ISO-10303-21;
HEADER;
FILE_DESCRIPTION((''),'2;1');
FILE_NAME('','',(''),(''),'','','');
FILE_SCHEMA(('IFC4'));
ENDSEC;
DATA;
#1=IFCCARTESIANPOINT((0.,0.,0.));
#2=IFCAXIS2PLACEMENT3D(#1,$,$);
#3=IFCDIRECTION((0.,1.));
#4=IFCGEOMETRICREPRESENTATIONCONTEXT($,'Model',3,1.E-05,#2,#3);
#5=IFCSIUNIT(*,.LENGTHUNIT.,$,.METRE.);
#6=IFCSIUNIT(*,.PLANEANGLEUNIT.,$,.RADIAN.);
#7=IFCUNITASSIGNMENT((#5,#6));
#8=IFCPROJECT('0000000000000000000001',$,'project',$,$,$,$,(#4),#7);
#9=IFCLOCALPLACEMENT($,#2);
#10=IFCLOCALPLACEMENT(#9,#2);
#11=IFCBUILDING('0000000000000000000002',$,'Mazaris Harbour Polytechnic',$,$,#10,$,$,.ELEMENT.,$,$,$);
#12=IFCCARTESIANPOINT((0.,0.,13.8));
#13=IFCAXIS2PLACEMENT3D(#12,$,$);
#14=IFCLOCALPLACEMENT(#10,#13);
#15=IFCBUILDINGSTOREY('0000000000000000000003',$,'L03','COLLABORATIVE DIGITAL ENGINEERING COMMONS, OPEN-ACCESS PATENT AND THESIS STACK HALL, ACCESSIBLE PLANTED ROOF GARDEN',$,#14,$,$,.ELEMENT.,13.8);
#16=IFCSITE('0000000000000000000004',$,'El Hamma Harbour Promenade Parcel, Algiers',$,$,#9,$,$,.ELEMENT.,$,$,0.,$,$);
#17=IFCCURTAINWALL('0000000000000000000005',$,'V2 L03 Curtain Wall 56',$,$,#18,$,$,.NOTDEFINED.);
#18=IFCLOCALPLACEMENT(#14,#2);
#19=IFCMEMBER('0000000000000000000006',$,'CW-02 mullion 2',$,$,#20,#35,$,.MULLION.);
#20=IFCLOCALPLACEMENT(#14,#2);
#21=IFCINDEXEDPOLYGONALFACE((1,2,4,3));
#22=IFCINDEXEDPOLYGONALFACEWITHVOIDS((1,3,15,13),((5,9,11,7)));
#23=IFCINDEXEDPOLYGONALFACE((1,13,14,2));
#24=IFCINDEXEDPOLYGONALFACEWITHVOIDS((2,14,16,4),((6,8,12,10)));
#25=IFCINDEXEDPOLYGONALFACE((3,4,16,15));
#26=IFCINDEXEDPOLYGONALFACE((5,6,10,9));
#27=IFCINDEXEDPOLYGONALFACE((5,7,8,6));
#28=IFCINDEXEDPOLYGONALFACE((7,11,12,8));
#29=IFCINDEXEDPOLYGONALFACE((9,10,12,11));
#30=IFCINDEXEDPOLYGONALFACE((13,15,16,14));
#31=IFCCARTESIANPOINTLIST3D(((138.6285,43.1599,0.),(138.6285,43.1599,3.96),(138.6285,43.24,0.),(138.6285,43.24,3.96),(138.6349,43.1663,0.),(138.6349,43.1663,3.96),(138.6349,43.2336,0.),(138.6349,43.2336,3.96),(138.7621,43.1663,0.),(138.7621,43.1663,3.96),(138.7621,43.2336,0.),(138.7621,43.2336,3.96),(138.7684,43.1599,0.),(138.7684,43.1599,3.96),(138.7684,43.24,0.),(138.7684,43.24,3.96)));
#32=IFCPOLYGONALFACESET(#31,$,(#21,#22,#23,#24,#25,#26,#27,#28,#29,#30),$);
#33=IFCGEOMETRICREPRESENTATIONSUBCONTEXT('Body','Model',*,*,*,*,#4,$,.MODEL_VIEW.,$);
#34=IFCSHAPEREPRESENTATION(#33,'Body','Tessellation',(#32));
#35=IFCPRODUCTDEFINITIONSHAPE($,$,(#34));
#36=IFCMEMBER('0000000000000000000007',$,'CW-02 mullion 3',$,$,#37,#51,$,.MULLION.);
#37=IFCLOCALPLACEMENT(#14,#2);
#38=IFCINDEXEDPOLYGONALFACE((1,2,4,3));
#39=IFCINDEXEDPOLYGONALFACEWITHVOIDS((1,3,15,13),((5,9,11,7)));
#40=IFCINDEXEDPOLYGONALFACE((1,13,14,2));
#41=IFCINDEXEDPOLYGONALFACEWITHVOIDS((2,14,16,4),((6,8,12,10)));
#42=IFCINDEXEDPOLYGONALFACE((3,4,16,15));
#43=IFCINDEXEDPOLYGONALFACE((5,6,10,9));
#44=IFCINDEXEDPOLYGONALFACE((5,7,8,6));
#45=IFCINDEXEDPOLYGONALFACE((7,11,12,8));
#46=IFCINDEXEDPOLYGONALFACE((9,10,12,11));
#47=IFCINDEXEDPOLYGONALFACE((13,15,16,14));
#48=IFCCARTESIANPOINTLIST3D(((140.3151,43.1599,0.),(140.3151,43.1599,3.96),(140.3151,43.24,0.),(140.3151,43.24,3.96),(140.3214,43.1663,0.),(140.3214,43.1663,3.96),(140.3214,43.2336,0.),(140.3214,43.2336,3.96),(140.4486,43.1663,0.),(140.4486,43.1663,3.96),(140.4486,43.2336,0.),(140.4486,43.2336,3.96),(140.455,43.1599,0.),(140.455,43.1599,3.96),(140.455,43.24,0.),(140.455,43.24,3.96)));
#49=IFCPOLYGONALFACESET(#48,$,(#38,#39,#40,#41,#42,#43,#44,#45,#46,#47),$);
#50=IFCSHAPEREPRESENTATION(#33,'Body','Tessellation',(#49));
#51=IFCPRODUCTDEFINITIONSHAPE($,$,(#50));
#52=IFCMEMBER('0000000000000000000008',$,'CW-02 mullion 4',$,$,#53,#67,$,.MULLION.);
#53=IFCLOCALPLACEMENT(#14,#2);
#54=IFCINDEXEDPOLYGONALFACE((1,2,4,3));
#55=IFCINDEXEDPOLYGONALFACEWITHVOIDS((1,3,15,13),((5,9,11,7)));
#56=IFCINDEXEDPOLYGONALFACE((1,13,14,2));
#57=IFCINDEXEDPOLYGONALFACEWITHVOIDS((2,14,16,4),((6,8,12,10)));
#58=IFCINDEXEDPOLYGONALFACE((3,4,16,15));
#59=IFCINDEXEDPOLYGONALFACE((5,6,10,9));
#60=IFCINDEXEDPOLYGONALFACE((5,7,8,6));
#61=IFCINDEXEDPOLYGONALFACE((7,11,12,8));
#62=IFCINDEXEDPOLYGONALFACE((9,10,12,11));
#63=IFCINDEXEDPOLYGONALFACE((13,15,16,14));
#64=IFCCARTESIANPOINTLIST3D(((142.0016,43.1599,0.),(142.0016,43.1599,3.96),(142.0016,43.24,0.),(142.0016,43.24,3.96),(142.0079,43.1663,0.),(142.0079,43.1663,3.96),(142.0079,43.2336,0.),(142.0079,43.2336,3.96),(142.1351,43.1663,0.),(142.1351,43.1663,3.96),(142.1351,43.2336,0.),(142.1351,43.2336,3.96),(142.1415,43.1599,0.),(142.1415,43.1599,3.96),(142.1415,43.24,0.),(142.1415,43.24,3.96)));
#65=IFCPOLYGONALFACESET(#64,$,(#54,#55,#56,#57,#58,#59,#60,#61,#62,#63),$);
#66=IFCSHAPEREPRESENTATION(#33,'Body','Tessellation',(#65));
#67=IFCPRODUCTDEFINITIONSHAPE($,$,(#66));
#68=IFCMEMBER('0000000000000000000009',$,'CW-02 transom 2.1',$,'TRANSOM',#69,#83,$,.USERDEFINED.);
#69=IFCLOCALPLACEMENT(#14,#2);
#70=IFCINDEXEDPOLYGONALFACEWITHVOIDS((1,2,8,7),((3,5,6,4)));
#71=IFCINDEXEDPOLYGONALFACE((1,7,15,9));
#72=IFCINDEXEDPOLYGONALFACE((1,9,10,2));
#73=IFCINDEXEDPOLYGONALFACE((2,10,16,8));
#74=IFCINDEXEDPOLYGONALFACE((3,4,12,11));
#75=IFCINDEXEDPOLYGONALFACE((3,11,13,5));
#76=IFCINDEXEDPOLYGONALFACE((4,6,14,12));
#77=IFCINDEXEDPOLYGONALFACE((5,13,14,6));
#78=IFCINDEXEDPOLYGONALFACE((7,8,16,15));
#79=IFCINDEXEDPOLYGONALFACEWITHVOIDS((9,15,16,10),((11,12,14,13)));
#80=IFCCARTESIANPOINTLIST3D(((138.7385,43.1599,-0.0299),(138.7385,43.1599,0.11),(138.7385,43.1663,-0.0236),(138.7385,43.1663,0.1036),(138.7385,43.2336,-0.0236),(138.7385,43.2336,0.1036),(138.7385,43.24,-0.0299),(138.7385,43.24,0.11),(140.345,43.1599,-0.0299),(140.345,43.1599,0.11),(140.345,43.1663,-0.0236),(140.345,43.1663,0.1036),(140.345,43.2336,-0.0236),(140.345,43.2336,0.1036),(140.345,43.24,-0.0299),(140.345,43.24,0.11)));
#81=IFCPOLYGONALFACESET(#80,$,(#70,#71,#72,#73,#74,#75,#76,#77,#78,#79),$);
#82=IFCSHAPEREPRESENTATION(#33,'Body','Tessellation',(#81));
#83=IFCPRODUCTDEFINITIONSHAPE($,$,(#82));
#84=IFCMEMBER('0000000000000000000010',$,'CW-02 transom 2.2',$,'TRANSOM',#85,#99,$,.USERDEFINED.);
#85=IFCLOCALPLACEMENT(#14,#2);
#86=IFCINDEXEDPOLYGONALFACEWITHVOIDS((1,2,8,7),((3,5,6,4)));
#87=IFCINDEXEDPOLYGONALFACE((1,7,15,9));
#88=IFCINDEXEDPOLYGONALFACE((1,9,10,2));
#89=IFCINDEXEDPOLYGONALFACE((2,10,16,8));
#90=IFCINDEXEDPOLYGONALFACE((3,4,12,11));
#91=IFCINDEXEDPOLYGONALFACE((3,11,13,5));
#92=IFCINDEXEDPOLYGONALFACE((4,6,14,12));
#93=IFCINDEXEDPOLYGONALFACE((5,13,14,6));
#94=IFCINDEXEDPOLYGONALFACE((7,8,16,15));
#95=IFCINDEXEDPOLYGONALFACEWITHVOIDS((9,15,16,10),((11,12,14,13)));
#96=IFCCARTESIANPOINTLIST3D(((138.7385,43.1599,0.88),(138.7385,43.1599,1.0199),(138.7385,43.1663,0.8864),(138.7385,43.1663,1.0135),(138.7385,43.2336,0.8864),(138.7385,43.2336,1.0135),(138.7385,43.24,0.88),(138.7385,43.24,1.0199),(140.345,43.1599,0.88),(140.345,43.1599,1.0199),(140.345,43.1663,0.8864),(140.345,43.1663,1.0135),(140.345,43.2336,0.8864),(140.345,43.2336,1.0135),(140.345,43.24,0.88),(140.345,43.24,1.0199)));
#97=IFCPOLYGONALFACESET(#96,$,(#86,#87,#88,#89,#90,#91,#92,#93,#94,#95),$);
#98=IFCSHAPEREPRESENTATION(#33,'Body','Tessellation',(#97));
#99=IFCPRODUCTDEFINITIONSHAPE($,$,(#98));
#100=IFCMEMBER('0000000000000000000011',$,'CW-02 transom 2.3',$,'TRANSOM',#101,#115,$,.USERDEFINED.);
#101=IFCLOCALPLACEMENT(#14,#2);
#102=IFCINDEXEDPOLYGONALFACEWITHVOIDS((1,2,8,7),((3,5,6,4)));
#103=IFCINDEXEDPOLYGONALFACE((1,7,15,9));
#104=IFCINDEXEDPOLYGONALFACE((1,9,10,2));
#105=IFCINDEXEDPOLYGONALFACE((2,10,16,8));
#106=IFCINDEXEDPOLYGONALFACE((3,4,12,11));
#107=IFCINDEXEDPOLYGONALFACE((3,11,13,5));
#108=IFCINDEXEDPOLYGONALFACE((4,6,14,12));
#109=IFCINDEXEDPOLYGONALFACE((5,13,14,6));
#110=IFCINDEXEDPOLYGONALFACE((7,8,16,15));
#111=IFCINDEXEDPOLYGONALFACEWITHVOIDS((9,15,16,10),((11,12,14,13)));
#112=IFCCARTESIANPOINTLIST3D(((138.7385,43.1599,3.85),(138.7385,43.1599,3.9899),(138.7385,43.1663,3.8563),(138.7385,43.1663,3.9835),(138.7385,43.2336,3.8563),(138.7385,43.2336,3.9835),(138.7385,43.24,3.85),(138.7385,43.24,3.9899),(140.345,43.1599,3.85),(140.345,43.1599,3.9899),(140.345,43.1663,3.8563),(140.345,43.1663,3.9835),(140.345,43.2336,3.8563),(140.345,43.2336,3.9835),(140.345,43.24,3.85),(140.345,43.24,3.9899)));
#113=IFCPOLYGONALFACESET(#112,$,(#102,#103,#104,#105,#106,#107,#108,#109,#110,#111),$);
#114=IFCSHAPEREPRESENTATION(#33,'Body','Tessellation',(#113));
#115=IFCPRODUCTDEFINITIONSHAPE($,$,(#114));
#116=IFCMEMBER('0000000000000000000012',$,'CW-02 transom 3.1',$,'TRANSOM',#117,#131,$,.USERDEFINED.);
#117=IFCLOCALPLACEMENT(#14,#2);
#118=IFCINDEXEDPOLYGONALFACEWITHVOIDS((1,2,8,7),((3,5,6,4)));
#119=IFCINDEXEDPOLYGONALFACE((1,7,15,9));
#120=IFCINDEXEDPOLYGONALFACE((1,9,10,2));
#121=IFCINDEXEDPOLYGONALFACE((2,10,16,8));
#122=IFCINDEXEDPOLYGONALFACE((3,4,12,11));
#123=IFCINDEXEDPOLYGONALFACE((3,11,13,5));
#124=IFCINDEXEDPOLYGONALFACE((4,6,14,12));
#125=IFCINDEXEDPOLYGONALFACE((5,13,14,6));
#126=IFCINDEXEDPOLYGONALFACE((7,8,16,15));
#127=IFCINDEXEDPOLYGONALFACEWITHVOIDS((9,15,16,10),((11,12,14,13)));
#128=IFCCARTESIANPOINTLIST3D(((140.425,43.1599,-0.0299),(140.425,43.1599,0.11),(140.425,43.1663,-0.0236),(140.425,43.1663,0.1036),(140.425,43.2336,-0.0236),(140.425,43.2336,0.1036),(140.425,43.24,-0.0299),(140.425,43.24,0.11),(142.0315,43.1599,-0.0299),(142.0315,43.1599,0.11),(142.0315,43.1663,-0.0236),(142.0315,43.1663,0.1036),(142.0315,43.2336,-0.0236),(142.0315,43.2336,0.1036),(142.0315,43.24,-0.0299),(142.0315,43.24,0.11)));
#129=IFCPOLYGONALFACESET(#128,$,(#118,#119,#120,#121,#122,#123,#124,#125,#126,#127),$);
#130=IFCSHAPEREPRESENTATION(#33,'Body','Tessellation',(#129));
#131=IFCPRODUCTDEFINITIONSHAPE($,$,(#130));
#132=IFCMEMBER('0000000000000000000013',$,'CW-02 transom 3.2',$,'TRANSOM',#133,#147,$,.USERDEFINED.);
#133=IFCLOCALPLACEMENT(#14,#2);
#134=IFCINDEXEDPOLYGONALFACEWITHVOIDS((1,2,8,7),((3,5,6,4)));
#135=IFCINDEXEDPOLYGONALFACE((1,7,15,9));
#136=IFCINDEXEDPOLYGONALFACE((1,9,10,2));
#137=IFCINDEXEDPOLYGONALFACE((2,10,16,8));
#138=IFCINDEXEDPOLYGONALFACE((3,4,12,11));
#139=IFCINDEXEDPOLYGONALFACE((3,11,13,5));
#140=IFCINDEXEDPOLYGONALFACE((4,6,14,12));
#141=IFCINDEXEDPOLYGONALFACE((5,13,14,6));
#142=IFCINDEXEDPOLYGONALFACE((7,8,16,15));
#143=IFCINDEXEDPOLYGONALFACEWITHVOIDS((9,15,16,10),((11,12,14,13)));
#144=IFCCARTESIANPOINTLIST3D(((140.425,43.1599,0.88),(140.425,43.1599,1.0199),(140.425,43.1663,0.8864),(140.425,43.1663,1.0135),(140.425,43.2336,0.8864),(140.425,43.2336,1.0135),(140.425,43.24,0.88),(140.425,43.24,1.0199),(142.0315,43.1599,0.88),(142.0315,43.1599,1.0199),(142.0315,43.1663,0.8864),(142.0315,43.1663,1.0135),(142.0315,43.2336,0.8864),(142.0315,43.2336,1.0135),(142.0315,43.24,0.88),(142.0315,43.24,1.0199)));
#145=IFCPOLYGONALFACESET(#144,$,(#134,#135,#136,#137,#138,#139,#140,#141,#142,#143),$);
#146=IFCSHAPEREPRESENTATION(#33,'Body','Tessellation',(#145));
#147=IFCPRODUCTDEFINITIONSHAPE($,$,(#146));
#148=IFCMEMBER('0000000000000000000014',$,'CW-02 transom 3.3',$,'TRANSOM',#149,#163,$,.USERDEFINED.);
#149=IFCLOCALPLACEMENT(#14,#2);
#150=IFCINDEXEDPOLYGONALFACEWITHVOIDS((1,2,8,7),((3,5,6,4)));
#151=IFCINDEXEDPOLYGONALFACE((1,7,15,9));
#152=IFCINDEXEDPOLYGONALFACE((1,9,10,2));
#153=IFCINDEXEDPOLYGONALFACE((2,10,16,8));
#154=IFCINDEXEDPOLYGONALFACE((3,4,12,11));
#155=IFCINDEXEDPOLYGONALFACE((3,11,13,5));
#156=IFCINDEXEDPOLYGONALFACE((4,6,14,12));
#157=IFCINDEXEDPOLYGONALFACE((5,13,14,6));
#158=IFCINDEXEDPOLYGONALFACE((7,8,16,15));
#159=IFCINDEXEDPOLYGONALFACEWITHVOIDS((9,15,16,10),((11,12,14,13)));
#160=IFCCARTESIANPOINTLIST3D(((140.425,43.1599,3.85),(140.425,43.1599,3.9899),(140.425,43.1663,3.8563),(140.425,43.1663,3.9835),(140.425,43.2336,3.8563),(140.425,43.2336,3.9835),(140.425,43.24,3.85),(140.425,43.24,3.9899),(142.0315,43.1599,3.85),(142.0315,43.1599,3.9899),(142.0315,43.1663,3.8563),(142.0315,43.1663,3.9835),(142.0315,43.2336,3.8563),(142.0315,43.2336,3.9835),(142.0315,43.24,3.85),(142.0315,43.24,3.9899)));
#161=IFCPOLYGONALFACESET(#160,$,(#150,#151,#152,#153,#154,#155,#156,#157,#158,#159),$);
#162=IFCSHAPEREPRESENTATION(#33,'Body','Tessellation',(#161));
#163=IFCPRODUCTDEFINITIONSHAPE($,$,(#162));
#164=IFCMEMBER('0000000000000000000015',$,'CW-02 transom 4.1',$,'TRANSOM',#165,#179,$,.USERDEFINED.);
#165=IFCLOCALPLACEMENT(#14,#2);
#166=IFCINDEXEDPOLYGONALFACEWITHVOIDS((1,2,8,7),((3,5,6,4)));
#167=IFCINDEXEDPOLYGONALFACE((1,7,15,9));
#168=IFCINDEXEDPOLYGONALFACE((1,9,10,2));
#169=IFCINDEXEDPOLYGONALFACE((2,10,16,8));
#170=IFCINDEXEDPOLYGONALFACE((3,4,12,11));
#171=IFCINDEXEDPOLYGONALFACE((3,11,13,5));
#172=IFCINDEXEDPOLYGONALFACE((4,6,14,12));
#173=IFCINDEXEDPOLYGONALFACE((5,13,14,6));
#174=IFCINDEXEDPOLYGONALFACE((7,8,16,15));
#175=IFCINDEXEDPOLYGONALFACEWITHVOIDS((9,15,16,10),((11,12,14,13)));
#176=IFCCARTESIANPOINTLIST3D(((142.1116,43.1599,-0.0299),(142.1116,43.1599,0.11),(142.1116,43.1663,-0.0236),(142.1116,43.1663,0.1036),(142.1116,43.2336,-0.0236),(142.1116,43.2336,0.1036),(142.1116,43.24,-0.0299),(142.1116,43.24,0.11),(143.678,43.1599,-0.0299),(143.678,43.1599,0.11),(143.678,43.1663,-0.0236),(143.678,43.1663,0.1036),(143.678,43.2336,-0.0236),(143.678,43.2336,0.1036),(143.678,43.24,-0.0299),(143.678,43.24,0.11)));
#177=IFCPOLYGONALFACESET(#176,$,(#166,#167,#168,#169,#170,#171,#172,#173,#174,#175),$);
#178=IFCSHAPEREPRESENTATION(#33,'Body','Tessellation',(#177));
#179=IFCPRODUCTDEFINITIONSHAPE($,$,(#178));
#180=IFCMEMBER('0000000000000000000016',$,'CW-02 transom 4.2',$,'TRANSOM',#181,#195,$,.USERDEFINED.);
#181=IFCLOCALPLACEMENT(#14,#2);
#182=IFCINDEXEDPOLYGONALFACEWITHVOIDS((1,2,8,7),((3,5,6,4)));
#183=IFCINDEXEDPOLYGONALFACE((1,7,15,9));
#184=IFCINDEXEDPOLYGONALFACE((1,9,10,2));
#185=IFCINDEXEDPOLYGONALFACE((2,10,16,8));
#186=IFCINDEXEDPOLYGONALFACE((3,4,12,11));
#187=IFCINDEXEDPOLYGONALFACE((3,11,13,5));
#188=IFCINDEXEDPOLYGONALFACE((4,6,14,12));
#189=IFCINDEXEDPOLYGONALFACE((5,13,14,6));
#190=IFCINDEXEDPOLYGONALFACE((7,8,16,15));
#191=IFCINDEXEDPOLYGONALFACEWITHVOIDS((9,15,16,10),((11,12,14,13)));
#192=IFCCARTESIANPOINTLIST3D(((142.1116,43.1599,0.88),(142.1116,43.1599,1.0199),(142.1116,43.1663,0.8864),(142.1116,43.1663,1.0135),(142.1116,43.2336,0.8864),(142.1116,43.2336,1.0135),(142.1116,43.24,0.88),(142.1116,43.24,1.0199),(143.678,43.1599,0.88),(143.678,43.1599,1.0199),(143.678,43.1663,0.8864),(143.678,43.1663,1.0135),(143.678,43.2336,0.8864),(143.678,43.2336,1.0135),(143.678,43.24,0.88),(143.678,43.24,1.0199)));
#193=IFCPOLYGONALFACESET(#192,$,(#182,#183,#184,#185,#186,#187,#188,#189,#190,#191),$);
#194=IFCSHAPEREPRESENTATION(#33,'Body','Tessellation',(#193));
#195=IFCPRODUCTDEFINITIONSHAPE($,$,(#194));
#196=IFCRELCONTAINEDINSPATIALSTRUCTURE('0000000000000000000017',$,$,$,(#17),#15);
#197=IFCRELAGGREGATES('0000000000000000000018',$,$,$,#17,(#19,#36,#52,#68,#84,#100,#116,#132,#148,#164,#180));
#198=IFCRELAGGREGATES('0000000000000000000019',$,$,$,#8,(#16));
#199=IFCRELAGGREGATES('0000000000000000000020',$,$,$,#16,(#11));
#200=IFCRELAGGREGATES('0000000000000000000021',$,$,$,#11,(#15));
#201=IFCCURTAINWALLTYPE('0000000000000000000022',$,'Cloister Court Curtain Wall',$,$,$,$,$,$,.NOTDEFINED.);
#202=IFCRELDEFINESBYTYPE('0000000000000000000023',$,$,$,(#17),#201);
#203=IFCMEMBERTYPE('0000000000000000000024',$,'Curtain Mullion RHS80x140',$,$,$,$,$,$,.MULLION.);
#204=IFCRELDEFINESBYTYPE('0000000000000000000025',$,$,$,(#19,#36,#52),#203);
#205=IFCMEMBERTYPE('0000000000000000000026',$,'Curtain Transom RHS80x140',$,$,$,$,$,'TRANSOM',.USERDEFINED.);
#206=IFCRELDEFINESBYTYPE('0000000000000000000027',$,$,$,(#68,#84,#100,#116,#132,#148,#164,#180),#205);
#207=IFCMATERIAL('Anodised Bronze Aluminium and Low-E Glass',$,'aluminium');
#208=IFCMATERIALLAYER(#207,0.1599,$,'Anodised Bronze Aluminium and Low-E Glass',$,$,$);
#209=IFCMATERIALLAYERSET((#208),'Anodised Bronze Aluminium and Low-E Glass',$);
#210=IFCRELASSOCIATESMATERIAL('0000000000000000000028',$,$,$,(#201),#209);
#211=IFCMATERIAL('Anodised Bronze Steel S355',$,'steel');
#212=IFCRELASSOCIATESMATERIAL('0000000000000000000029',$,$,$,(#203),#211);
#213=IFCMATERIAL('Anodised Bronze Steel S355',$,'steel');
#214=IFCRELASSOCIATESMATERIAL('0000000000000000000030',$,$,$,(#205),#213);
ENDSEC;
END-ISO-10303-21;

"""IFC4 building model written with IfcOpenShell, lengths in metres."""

from ifc_helpers import new_model, si_unit, direction, frame, origin, origin_2d, place, context, subcontext, project, spatial, hollow_rectangle, extrude, material, layer, layer_set, material_profile, profile_set, type_object, element, aggregate, save


model = new_model("IFC4")

# Units and contexts
model_context = context("Model", 3, precision=1e-05, world=origin(), true_north=direction((0.0, 1.0)))
body_context = subcontext(model_context, "Body", "Model", "MODEL_VIEW")
ifc_project = project(units=[si_unit("LENGTHUNIT", "METRE"), si_unit("PLANEANGLEUNIT", "RADIAN")], contexts=[model_context])

# Site, building, storey
site_placement = place(None, origin())
site = spatial("IfcSite", under=ifc_project, at=site_placement, Name="El Hamma Harbour Promenade Parcel, Algiers", CompositionType="ELEMENT", RefElevation=0.0)
building_placement = place(site_placement, origin())
building = spatial("IfcBuilding", under=site, at=building_placement, Name="Mazaris Harbour Polytechnic", CompositionType="ELEMENT")
storey_placement = place(building_placement, frame((0.0, 0.0, 13.8)))
storey = spatial("IfcBuildingStorey", under=building, at=storey_placement, Name="L03", Description="COLLABORATIVE DIGITAL ENGINEERING COMMONS, OPEN-ACCESS PATENT AND THESIS STACK HALL, ACCESSIBLE PLANTED ROOF GARDEN", CompositionType="ELEMENT", Elevation=13.8)

# Curtain wall, members
ifc_material_1 = material(Name="Anodised Bronze Aluminium and Low-E Glass", Category="aluminium")
ifc_layer_1 = layer(ifc_material_1, 0.1599, Name="Anodised Bronze Aluminium and Low-E Glass")
ifc_layer_set_1 = layer_set([ifc_layer_1], Name="Anodised Bronze Aluminium and Low-E Glass")
curtain_wall_type = type_object("IfcCurtainWallType", Name="Cloister Court Curtain Wall", PredefinedType="NOTDEFINED", material=ifc_layer_set_1)
curtain_wall_placement = place(storey_placement, origin())
curtain_wall = element("IfcCurtainWall", 1, at=curtain_wall_placement, inside=storey, type_object=curtain_wall_type, Name="V2 L03 Curtain Wall 56", PredefinedType="NOTDEFINED")
ifc_material_2 = material(Name="Anodised Bronze Steel S355", Category="steel")
ifc_material_profile_1 = material_profile(ifc_material_2, hollow_rectangle(XDim=0.0801, YDim=0.1399, WallThickness=0.0063, at=origin_2d()), Name="RHS 80x140x6.3")
ifc_profile_set_1 = profile_set([ifc_material_profile_1], Name="Anodised Bronze Steel S355")
member_type_1 = type_object("IfcMemberType", Name="Curtain Mullion RHS80x140", PredefinedType="MULLION", material=ifc_profile_set_1)
member_1_placement = place(storey_placement, frame((138.6985, 43.2, 0.0), z_axis=(0.0, 0.0, 1.0), x_axis=(0.0, 1.0, 0.0)))
member_1 = element("IfcMember", 2, at=member_1_placement, type_object=member_type_1, Name="CW-02 mullion 2", PredefinedType="MULLION", context=body_context, shape_type="SweptSolid", body=[
    extrude(hollow_rectangle(XDim=0.0801, YDim=0.1399, WallThickness=0.0063, at=origin_2d()), origin(), (0.0, 0.0, 1.0), 3.96),
])
member_2_placement = place(storey_placement, frame((140.385, 43.2, 0.0), z_axis=(0.0, 0.0, 1.0), x_axis=(0.0, 1.0, 0.0)))
member_2 = element("IfcMember", 3, at=member_2_placement, type_object=member_type_1, Name="CW-02 mullion 3", PredefinedType="MULLION", context=body_context, shape_type="SweptSolid", body=[
    extrude(hollow_rectangle(XDim=0.0801, YDim=0.1399, WallThickness=0.0063, at=origin_2d()), origin(), (0.0, 0.0, 1.0), 3.96),
])
member_3_placement = place(storey_placement, frame((142.0715, 43.2, 0.0), z_axis=(0.0, 0.0, 1.0), x_axis=(0.0, 1.0, 0.0)))
member_3 = element("IfcMember", 4, at=member_3_placement, type_object=member_type_1, Name="CW-02 mullion 4", PredefinedType="MULLION", context=body_context, shape_type="SweptSolid", body=[
    extrude(hollow_rectangle(XDim=0.0801, YDim=0.1399, WallThickness=0.0063, at=origin_2d()), origin(), (0.0, 0.0, 1.0), 3.96),
])
ifc_material_3 = material(Name="Anodised Bronze Steel S355", Category="steel")
ifc_material_profile_2 = material_profile(ifc_material_3, hollow_rectangle(XDim=0.0801, YDim=0.1399, WallThickness=0.0063, at=origin_2d()), Name="RHS 80x140x6.3")
ifc_profile_set_2 = profile_set([ifc_material_profile_2], Name="Anodised Bronze Steel S355")
member_type_2 = type_object("IfcMemberType", Name="Curtain Transom RHS80x140", ElementType="TRANSOM", PredefinedType="USERDEFINED", material=ifc_profile_set_2)
member_4_placement = place(storey_placement, frame((138.7385, 43.2, 0.04), z_axis=(1.0, 0.0, 0.0), x_axis=(0.0, 1.0, 0.0)))
member_4 = element("IfcMember", 5, at=member_4_placement, type_object=member_type_2, Name="CW-02 transom 2.1", ObjectType="TRANSOM", PredefinedType="USERDEFINED", context=body_context, shape_type="SweptSolid", body=[
    extrude(hollow_rectangle(XDim=0.0801, YDim=0.1399, WallThickness=0.0063, at=origin_2d()), origin(), (0.0, 0.0, 1.0), 1.6064),
])
member_5_placement = place(storey_placement, frame((138.7385, 43.2, 0.95), z_axis=(1.0, 0.0, 0.0), x_axis=(0.0, 1.0, 0.0)))
member_5 = element("IfcMember", 6, at=member_5_placement, type_object=member_type_2, Name="CW-02 transom 2.2", ObjectType="TRANSOM", PredefinedType="USERDEFINED", context=body_context, shape_type="SweptSolid", body=[
    extrude(hollow_rectangle(XDim=0.0801, YDim=0.1399, WallThickness=0.0063, at=origin_2d()), origin(), (0.0, 0.0, 1.0), 1.6064),
])
member_6_placement = place(storey_placement, frame((138.7385, 43.2, 3.9199), z_axis=(1.0, 0.0, 0.0), x_axis=(0.0, 1.0, 0.0)))
member_6 = element("IfcMember", 7, at=member_6_placement, type_object=member_type_2, Name="CW-02 transom 2.3", ObjectType="TRANSOM", PredefinedType="USERDEFINED", context=body_context, shape_type="SweptSolid", body=[
    extrude(hollow_rectangle(XDim=0.0801, YDim=0.1399, WallThickness=0.0063, at=origin_2d()), origin(), (0.0, 0.0, 1.0), 1.6064),
])
member_7_placement = place(storey_placement, frame((140.425, 43.2, 0.04), z_axis=(1.0, 0.0, 0.0), x_axis=(0.0, 1.0, 0.0)))
member_7 = element("IfcMember", 8, at=member_7_placement, type_object=member_type_2, Name="CW-02 transom 3.1", ObjectType="TRANSOM", PredefinedType="USERDEFINED", context=body_context, shape_type="SweptSolid", body=[
    extrude(hollow_rectangle(XDim=0.0801, YDim=0.1399, WallThickness=0.0063, at=origin_2d()), origin(), (0.0, 0.0, 1.0), 1.6064),
])
member_8_placement = place(storey_placement, frame((140.425, 43.2, 0.95), z_axis=(1.0, 0.0, 0.0), x_axis=(0.0, 1.0, 0.0)))
member_8 = element("IfcMember", 9, at=member_8_placement, type_object=member_type_2, Name="CW-02 transom 3.2", ObjectType="TRANSOM", PredefinedType="USERDEFINED", context=body_context, shape_type="SweptSolid", body=[
    extrude(hollow_rectangle(XDim=0.0801, YDim=0.1399, WallThickness=0.0063, at=origin_2d()), origin(), (0.0, 0.0, 1.0), 1.6064),
])
member_9_placement = place(storey_placement, frame((140.425, 43.2, 3.9199), z_axis=(1.0, 0.0, 0.0), x_axis=(0.0, 1.0, 0.0)))
member_9 = element("IfcMember", 10, at=member_9_placement, type_object=member_type_2, Name="CW-02 transom 3.3", ObjectType="TRANSOM", PredefinedType="USERDEFINED", context=body_context, shape_type="SweptSolid", body=[
    extrude(hollow_rectangle(XDim=0.0801, YDim=0.1399, WallThickness=0.0063, at=origin_2d()), origin(), (0.0, 0.0, 1.0), 1.6064),
])
member_10_placement = place(storey_placement, frame((142.1116, 43.2, 0.04), z_axis=(1.0, 0.0, 0.0), x_axis=(0.0, 1.0, 0.0)))
member_10 = element("IfcMember", 11, at=member_10_placement, type_object=member_type_2, Name="CW-02 transom 4.1", ObjectType="TRANSOM", PredefinedType="USERDEFINED", context=body_context, shape_type="SweptSolid", body=[
    extrude(hollow_rectangle(XDim=0.0801, YDim=0.1399, WallThickness=0.0063, at=origin_2d()), origin(), (0.0, 0.0, 1.0), 1.5664),
])
member_11_placement = place(storey_placement, frame((142.1116, 43.2, 0.95), z_axis=(1.0, 0.0, 0.0), x_axis=(0.0, 1.0, 0.0)))
member_11 = element("IfcMember", 12, at=member_11_placement, type_object=member_type_2, Name="CW-02 transom 4.2", ObjectType="TRANSOM", PredefinedType="USERDEFINED", context=body_context, shape_type="SweptSolid", body=[
    extrude(hollow_rectangle(XDim=0.0801, YDim=0.1399, WallThickness=0.0063, at=origin_2d()), origin(), (0.0, 0.0, 1.0), 1.5664),
])
aggregate(curtain_wall, [member_1, member_2, member_3, member_4, member_5, member_6, member_7, member_8, member_9, member_10, member_11])

save(model, "model.ifc")
